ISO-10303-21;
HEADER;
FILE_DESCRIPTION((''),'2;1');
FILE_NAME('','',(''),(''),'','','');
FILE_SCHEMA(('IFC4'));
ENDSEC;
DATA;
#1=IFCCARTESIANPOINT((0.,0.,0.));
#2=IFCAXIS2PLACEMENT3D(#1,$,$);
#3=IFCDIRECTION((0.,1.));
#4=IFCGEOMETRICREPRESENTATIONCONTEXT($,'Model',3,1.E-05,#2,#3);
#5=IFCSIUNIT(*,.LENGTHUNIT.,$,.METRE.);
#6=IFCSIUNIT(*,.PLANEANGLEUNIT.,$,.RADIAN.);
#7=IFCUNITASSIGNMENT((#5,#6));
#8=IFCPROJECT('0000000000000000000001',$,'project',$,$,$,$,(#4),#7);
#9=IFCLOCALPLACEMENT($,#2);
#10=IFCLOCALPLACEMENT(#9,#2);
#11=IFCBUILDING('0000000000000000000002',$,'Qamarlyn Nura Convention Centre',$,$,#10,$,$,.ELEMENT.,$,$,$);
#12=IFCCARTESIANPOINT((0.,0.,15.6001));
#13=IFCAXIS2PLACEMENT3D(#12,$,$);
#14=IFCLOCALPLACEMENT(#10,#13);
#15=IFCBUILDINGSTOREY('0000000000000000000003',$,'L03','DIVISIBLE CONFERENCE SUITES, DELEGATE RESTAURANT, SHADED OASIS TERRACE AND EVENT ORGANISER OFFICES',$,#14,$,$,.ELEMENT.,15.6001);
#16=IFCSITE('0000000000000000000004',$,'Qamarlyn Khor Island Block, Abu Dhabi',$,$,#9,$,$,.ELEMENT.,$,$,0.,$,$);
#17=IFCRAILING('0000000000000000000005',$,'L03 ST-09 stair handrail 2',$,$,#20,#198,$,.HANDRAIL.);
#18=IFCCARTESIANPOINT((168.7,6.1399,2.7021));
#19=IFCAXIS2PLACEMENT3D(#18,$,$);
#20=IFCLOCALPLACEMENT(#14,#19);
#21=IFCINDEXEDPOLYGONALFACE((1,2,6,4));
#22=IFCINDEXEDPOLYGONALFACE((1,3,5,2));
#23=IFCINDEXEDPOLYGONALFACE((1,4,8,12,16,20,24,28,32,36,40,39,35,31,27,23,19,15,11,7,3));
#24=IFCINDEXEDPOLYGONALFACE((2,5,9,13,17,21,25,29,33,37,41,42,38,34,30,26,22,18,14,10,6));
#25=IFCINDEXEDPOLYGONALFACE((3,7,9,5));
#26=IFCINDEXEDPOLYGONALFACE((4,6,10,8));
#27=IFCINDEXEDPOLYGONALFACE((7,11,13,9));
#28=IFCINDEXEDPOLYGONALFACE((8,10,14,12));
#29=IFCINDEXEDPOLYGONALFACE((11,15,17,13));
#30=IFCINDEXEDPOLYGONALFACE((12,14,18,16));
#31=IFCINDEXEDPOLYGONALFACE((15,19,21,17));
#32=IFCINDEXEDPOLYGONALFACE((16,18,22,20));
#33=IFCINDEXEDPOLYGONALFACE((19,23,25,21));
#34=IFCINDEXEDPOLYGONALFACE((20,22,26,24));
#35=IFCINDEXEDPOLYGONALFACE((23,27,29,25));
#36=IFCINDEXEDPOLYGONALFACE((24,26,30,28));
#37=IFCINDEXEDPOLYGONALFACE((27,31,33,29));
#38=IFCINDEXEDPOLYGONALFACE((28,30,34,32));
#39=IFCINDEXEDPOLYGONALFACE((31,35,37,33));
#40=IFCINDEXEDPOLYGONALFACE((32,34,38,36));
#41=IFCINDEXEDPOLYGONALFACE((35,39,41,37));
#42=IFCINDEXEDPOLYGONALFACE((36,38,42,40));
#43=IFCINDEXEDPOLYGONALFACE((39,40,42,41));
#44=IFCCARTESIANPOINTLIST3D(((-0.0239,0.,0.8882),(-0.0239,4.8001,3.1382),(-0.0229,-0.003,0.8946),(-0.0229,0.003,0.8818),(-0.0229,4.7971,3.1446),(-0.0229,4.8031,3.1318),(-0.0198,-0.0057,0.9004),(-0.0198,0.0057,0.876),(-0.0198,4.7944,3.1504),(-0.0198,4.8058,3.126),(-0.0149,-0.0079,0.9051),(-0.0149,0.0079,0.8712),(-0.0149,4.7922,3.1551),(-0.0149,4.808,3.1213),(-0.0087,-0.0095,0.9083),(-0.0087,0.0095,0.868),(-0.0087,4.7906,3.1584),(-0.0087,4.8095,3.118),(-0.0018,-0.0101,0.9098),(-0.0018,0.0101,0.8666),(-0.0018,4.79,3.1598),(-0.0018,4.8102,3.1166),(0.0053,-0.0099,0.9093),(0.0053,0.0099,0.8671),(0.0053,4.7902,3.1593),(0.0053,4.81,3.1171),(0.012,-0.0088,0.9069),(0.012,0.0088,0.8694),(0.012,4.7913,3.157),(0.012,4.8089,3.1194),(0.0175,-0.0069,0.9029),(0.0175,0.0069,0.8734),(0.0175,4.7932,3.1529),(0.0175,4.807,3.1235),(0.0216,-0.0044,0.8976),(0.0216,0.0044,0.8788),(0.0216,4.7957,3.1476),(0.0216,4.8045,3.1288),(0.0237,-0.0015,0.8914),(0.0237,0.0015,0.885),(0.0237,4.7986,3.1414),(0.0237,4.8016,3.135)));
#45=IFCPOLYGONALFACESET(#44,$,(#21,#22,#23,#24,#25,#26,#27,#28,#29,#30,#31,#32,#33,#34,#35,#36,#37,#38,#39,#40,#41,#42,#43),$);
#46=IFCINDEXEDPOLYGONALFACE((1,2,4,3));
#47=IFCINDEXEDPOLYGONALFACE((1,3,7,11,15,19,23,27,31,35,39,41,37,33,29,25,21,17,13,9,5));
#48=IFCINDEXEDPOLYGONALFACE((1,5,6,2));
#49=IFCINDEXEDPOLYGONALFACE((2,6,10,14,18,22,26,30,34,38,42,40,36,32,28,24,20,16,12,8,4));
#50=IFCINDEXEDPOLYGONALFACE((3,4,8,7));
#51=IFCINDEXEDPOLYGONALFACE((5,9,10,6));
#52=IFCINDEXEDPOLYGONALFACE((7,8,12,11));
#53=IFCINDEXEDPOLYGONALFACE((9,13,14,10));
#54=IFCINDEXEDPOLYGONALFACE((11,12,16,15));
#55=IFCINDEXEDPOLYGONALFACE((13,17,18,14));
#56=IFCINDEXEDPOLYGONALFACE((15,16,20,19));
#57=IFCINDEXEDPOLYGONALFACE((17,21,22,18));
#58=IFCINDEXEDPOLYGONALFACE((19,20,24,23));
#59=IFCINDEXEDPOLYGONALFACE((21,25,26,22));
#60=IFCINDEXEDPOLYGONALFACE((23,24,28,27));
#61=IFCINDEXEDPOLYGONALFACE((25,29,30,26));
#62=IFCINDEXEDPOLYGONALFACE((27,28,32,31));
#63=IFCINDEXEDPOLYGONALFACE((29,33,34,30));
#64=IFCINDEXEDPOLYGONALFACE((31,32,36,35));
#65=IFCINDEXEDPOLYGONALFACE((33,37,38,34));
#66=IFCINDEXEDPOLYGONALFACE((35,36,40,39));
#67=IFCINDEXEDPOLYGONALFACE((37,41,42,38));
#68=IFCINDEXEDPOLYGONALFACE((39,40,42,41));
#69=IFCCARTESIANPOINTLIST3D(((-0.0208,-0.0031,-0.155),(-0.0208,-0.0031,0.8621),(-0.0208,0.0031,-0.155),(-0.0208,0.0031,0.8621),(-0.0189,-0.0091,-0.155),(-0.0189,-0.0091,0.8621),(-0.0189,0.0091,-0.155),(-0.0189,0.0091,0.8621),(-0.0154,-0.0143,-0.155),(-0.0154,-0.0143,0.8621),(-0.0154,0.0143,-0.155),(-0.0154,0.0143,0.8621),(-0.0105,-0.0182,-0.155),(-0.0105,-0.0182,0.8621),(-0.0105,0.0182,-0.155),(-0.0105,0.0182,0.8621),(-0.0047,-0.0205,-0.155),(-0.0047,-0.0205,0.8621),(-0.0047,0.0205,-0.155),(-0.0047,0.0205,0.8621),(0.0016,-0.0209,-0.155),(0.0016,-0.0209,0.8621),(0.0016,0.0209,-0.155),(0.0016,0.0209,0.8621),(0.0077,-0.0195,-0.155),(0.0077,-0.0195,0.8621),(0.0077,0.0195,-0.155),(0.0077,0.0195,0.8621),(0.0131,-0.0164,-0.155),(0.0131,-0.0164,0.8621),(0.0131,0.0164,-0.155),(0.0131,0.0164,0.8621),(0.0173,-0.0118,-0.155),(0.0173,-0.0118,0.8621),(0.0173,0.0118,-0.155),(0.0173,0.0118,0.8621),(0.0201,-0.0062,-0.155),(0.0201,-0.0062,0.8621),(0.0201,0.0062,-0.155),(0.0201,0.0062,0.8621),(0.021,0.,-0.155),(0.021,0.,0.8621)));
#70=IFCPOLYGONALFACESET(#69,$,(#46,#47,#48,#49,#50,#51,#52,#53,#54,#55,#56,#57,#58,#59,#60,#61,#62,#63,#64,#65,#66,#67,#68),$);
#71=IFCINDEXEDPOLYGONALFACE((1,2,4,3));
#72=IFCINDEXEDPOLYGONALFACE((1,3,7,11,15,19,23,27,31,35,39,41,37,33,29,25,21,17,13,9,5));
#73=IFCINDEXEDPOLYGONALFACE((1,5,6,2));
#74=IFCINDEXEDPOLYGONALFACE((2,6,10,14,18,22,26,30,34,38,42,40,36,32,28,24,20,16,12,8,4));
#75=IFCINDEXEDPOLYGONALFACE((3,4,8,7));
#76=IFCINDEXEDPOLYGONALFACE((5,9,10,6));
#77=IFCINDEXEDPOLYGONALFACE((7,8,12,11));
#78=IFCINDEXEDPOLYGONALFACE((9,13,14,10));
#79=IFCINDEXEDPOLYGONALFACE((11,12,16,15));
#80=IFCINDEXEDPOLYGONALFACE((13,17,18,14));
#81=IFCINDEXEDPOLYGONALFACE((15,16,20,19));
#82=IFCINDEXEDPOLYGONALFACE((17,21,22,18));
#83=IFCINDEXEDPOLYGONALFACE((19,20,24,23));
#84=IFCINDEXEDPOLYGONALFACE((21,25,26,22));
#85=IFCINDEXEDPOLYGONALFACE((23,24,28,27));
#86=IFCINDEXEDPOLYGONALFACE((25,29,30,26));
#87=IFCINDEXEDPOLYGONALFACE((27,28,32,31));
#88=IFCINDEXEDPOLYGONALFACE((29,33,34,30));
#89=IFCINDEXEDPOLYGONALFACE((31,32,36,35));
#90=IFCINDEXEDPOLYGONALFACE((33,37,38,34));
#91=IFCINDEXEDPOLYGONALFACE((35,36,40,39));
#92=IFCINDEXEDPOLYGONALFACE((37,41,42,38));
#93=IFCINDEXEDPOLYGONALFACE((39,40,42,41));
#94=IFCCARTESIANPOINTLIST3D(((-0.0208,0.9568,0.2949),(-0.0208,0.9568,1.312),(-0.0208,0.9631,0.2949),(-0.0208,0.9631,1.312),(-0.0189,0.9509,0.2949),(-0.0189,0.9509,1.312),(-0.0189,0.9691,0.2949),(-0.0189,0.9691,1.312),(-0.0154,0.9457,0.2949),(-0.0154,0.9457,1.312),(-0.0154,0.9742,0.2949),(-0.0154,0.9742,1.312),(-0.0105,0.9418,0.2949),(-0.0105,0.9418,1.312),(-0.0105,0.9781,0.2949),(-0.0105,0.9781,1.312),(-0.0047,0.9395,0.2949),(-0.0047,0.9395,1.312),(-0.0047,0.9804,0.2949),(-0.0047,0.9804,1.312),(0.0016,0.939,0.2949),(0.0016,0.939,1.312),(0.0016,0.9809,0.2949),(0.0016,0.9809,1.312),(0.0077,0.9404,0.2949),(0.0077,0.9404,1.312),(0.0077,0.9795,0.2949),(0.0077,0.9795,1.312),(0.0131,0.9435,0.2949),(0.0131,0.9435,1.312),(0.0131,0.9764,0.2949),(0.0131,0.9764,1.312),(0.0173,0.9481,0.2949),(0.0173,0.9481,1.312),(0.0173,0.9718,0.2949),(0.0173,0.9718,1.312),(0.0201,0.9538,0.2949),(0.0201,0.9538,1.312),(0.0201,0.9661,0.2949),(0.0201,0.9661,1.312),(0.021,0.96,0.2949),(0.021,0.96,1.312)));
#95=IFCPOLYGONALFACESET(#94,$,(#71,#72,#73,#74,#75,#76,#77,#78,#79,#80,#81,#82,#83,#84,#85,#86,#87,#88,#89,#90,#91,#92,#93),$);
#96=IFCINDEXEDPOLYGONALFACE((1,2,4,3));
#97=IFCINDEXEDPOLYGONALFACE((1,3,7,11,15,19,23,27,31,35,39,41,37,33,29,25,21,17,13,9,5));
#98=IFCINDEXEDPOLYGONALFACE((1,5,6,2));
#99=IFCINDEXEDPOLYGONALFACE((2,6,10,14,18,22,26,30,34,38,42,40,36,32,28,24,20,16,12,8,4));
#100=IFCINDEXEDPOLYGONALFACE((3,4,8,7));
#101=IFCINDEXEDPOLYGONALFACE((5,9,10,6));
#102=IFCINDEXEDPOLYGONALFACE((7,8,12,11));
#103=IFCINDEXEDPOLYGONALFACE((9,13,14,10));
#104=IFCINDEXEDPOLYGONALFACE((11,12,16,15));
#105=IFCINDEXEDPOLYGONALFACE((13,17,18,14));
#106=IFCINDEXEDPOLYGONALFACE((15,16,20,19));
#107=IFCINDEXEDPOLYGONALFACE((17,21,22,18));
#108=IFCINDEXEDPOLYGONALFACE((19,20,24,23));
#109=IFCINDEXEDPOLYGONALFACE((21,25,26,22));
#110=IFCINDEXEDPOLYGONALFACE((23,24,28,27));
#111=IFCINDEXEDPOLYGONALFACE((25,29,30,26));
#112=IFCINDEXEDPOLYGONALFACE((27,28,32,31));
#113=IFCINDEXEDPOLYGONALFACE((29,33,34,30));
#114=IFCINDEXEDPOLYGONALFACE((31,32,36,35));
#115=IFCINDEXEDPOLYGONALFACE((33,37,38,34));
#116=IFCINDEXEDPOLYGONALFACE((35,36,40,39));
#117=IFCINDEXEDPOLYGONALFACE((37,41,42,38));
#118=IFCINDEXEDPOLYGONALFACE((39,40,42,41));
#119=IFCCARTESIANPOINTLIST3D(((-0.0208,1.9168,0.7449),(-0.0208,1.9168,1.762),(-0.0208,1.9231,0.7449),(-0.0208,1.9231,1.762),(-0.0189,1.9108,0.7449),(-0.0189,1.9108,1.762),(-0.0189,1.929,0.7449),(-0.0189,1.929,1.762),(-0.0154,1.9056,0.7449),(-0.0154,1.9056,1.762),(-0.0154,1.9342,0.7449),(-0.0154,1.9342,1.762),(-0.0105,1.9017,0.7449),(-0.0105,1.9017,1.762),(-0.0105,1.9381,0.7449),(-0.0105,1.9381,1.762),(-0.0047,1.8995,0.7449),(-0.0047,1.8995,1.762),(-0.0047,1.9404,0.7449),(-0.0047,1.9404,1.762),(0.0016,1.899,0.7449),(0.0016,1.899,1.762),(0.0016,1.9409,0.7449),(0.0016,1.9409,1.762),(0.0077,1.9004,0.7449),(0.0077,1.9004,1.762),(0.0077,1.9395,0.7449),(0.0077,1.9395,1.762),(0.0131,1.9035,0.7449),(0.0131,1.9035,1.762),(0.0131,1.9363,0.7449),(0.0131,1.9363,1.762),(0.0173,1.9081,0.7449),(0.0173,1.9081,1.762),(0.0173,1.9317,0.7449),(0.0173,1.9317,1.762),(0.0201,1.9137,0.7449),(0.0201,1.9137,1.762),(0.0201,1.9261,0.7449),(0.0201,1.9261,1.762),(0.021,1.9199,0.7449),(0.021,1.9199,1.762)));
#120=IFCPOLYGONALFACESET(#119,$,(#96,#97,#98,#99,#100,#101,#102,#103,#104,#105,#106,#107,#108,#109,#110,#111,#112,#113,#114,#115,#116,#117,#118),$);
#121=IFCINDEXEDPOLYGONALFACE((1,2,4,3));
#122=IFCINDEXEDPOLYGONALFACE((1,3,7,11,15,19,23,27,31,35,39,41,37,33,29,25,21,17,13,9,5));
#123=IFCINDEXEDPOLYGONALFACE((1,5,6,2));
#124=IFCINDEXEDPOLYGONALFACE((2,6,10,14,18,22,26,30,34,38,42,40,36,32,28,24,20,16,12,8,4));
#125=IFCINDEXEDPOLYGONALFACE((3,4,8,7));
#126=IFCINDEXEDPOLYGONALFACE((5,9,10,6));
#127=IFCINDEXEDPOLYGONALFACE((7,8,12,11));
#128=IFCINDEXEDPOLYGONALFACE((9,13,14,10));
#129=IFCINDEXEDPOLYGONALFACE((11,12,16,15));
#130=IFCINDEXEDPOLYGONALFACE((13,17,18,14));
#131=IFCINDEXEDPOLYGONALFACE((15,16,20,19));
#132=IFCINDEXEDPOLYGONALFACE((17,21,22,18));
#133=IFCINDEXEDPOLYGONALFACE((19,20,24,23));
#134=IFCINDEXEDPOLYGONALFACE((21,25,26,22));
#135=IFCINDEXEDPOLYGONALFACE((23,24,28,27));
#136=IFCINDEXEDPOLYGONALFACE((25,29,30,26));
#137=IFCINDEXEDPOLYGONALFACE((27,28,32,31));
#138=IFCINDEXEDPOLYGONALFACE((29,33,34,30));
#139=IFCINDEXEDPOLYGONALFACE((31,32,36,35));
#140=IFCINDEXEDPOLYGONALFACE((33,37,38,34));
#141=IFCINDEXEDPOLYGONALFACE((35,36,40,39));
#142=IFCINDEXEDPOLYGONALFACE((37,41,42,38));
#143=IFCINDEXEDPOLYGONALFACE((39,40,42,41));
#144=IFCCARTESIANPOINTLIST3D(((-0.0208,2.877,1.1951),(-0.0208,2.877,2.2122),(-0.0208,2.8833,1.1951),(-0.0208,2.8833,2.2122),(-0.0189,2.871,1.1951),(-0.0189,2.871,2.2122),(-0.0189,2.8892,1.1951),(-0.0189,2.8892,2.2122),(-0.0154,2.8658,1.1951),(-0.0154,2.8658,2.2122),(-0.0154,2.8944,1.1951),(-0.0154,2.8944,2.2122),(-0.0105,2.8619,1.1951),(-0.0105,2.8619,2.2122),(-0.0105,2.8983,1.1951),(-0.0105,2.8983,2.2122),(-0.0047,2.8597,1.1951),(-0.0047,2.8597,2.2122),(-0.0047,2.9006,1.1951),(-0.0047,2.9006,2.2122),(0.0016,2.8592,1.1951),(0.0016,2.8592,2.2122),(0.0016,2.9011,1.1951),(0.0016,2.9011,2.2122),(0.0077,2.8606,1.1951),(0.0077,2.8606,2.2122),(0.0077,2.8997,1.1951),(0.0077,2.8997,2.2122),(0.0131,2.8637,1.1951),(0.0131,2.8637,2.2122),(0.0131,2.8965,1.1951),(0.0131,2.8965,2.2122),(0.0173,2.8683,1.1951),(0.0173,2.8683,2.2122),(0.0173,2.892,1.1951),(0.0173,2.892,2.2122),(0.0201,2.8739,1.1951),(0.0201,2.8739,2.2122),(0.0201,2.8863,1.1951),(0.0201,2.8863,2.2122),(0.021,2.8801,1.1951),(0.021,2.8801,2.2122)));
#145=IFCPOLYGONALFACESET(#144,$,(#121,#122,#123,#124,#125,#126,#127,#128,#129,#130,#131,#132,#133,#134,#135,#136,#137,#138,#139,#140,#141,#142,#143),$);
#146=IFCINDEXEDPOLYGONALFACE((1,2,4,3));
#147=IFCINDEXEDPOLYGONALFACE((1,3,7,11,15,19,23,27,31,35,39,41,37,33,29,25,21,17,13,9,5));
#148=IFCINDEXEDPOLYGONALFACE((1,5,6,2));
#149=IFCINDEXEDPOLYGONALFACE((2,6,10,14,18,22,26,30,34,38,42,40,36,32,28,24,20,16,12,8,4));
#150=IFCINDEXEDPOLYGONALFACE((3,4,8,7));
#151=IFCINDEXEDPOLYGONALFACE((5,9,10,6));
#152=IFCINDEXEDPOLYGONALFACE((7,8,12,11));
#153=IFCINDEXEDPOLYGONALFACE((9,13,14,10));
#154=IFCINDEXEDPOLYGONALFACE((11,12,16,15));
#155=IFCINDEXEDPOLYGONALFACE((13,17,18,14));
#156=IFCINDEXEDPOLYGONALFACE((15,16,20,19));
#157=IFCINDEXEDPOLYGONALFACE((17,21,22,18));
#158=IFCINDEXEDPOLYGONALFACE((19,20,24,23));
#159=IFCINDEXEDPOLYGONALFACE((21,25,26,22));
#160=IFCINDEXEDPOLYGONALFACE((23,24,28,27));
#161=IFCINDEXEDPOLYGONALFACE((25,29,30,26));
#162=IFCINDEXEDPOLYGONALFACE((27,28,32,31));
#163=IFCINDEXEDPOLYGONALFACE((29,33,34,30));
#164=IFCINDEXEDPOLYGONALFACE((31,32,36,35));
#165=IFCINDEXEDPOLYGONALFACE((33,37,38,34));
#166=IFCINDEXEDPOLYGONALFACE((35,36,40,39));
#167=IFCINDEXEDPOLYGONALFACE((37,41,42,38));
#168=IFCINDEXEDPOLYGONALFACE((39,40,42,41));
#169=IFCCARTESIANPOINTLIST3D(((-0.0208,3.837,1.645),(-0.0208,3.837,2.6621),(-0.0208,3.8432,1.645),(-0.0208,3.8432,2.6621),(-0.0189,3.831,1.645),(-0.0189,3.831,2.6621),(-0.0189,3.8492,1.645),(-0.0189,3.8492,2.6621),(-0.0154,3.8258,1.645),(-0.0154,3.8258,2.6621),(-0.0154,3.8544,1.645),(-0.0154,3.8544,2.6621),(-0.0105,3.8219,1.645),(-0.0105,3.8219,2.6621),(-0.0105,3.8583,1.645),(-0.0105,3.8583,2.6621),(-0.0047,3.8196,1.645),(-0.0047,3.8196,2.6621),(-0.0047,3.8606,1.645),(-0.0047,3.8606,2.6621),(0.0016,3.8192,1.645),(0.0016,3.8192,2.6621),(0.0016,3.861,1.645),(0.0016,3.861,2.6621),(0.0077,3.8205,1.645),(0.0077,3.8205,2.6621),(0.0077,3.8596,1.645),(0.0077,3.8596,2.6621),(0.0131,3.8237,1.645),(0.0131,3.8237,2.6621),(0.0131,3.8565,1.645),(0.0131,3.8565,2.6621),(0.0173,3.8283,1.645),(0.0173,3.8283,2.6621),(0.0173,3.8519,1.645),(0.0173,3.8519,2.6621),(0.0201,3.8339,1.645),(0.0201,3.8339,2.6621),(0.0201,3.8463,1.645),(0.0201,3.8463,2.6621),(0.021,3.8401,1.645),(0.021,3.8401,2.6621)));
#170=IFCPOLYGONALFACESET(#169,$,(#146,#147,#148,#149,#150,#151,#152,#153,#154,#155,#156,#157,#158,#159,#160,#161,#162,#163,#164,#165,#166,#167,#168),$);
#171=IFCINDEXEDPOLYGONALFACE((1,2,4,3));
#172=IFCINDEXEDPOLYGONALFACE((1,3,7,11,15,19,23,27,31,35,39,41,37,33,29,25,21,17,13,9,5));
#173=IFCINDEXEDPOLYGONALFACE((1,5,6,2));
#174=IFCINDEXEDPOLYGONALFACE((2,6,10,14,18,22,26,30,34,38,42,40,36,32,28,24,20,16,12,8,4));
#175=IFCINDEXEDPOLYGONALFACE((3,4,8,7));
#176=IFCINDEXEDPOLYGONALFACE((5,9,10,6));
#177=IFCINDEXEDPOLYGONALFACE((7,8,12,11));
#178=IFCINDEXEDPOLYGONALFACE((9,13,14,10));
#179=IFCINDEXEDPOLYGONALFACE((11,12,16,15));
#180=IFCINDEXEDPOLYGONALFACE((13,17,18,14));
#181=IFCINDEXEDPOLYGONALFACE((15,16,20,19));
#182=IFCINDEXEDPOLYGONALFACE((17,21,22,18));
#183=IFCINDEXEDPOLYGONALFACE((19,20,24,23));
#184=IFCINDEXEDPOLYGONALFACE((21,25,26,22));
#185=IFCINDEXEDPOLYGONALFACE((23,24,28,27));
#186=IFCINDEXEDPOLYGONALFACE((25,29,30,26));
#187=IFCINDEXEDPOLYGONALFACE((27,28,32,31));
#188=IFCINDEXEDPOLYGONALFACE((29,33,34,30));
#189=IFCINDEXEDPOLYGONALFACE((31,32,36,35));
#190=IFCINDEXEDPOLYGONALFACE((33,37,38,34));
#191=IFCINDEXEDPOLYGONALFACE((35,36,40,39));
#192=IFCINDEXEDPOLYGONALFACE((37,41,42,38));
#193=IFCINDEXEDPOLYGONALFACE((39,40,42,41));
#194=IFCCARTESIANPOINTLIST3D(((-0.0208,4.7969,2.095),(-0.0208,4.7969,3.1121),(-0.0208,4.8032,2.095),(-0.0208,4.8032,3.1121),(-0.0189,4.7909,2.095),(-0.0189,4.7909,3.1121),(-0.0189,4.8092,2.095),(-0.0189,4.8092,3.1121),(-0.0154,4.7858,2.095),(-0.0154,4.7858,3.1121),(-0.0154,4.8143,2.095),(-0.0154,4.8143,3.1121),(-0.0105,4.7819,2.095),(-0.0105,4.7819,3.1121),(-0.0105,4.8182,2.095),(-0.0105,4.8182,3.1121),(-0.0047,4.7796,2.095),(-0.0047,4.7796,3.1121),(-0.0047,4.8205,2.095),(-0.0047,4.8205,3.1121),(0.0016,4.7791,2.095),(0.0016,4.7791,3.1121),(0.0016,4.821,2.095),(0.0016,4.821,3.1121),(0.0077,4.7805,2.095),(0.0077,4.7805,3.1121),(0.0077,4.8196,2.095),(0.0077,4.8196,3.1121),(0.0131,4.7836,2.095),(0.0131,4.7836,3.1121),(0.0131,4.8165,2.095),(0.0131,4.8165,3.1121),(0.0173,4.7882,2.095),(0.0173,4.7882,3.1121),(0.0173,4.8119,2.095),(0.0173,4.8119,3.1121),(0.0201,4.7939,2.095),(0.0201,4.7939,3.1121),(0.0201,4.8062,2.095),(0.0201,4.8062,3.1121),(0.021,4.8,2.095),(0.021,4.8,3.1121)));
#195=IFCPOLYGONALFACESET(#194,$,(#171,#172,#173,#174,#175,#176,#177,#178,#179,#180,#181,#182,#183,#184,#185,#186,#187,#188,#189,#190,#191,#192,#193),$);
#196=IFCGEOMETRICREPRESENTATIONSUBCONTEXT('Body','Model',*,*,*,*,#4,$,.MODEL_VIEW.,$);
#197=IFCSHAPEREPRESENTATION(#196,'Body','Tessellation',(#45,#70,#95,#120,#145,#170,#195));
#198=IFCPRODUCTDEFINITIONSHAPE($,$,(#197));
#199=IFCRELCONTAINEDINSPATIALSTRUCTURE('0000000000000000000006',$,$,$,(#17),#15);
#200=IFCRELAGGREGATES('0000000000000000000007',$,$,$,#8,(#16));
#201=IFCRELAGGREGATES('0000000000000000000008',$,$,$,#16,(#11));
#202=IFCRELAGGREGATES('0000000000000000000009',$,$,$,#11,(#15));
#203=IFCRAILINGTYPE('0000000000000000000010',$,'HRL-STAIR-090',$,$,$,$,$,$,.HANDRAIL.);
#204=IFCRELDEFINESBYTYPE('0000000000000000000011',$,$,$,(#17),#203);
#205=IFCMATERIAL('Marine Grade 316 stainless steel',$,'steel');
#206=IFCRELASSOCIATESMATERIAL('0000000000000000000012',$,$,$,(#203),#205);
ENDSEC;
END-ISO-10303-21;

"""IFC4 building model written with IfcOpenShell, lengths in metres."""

from ifc_helpers import new_model, si_unit, direction, frame, origin, origin_2d, place, context, subcontext, project, spatial, circle, extrude, material, type_object, element, save


model = new_model("IFC4")

# Units and contexts
model_context = context("Model", 3, precision=1e-05, world=origin(), true_north=direction((0.0, 1.0)))
body_context = subcontext(model_context, "Body", "Model", "MODEL_VIEW")
ifc_project = project(units=[si_unit("LENGTHUNIT", "METRE"), si_unit("PLANEANGLEUNIT", "RADIAN")], contexts=[model_context])

# Site, building, storey
site_placement = place(None, origin())
site = spatial("IfcSite", under=ifc_project, at=site_placement, Name="Qamarlyn Khor Island Block, Abu Dhabi", CompositionType="ELEMENT", RefElevation=0.0)
building_placement = place(site_placement, origin())
building = spatial("IfcBuilding", under=site, at=building_placement, Name="Qamarlyn Nura Convention Centre", CompositionType="ELEMENT")
storey_placement = place(building_placement, frame((0.0, 0.0, 15.6001)))
storey = spatial("IfcBuildingStorey", under=building, at=storey_placement, Name="L03", Description="DIVISIBLE CONFERENCE SUITES, DELEGATE RESTAURANT, SHADED OASIS TERRACE AND EVENT ORGANISER OFFICES", CompositionType="ELEMENT", Elevation=15.6001)

# Railing
ifc_material_1 = material(Name="Marine Grade 316 stainless steel", Category="steel")
railing_type_1 = type_object("IfcRailingType", Name="HRL-STAIR-090", PredefinedType="HANDRAIL", material=ifc_material_1)
railing_1_placement = place(storey_placement, frame((168.7, 6.1399, 2.7021)))
element("IfcRailing", 1, at=railing_1_placement, inside=storey, type_object=railing_type_1, Name="L03 ST-09 stair handrail 2", PredefinedType="HANDRAIL", context=body_context, shape_type="SweptSolid", body=[
    extrude(circle(Radius=0.0239, at=origin_2d()), frame((0.0, 0.0, 0.8882), z_axis=(0.0, 0.905461, 0.42443), x_axis=(-1.0, 0.0, 0.0)), (0.0, 0.0, 1.0), 5.3013),
    extrude(circle(Radius=0.021, at=origin_2d()), frame((0.0, 0.0, -0.155)), (0.0, 0.0, 1.0), 1.0171),
    extrude(circle(Radius=0.021, at=origin_2d()), frame((0.0, 0.96, 0.2949)), (0.0, 0.0, 1.0), 1.0171),
    extrude(circle(Radius=0.021, at=origin_2d()), frame((0.0, 1.9199, 0.7449)), (0.0, 0.0, 1.0), 1.0171),
    extrude(circle(Radius=0.021, at=origin_2d()), frame((0.0, 2.8801, 1.1951)), (0.0, 0.0, 1.0), 1.0171),
    extrude(circle(Radius=0.021, at=origin_2d()), frame((0.0, 3.8401, 1.645)), (0.0, 0.0, 1.0), 1.0171),
    extrude(circle(Radius=0.021, at=origin_2d()), frame((0.0, 4.8, 2.095)), (0.0, 0.0, 1.0), 1.0171),
])

save(model, "model.ifc")
